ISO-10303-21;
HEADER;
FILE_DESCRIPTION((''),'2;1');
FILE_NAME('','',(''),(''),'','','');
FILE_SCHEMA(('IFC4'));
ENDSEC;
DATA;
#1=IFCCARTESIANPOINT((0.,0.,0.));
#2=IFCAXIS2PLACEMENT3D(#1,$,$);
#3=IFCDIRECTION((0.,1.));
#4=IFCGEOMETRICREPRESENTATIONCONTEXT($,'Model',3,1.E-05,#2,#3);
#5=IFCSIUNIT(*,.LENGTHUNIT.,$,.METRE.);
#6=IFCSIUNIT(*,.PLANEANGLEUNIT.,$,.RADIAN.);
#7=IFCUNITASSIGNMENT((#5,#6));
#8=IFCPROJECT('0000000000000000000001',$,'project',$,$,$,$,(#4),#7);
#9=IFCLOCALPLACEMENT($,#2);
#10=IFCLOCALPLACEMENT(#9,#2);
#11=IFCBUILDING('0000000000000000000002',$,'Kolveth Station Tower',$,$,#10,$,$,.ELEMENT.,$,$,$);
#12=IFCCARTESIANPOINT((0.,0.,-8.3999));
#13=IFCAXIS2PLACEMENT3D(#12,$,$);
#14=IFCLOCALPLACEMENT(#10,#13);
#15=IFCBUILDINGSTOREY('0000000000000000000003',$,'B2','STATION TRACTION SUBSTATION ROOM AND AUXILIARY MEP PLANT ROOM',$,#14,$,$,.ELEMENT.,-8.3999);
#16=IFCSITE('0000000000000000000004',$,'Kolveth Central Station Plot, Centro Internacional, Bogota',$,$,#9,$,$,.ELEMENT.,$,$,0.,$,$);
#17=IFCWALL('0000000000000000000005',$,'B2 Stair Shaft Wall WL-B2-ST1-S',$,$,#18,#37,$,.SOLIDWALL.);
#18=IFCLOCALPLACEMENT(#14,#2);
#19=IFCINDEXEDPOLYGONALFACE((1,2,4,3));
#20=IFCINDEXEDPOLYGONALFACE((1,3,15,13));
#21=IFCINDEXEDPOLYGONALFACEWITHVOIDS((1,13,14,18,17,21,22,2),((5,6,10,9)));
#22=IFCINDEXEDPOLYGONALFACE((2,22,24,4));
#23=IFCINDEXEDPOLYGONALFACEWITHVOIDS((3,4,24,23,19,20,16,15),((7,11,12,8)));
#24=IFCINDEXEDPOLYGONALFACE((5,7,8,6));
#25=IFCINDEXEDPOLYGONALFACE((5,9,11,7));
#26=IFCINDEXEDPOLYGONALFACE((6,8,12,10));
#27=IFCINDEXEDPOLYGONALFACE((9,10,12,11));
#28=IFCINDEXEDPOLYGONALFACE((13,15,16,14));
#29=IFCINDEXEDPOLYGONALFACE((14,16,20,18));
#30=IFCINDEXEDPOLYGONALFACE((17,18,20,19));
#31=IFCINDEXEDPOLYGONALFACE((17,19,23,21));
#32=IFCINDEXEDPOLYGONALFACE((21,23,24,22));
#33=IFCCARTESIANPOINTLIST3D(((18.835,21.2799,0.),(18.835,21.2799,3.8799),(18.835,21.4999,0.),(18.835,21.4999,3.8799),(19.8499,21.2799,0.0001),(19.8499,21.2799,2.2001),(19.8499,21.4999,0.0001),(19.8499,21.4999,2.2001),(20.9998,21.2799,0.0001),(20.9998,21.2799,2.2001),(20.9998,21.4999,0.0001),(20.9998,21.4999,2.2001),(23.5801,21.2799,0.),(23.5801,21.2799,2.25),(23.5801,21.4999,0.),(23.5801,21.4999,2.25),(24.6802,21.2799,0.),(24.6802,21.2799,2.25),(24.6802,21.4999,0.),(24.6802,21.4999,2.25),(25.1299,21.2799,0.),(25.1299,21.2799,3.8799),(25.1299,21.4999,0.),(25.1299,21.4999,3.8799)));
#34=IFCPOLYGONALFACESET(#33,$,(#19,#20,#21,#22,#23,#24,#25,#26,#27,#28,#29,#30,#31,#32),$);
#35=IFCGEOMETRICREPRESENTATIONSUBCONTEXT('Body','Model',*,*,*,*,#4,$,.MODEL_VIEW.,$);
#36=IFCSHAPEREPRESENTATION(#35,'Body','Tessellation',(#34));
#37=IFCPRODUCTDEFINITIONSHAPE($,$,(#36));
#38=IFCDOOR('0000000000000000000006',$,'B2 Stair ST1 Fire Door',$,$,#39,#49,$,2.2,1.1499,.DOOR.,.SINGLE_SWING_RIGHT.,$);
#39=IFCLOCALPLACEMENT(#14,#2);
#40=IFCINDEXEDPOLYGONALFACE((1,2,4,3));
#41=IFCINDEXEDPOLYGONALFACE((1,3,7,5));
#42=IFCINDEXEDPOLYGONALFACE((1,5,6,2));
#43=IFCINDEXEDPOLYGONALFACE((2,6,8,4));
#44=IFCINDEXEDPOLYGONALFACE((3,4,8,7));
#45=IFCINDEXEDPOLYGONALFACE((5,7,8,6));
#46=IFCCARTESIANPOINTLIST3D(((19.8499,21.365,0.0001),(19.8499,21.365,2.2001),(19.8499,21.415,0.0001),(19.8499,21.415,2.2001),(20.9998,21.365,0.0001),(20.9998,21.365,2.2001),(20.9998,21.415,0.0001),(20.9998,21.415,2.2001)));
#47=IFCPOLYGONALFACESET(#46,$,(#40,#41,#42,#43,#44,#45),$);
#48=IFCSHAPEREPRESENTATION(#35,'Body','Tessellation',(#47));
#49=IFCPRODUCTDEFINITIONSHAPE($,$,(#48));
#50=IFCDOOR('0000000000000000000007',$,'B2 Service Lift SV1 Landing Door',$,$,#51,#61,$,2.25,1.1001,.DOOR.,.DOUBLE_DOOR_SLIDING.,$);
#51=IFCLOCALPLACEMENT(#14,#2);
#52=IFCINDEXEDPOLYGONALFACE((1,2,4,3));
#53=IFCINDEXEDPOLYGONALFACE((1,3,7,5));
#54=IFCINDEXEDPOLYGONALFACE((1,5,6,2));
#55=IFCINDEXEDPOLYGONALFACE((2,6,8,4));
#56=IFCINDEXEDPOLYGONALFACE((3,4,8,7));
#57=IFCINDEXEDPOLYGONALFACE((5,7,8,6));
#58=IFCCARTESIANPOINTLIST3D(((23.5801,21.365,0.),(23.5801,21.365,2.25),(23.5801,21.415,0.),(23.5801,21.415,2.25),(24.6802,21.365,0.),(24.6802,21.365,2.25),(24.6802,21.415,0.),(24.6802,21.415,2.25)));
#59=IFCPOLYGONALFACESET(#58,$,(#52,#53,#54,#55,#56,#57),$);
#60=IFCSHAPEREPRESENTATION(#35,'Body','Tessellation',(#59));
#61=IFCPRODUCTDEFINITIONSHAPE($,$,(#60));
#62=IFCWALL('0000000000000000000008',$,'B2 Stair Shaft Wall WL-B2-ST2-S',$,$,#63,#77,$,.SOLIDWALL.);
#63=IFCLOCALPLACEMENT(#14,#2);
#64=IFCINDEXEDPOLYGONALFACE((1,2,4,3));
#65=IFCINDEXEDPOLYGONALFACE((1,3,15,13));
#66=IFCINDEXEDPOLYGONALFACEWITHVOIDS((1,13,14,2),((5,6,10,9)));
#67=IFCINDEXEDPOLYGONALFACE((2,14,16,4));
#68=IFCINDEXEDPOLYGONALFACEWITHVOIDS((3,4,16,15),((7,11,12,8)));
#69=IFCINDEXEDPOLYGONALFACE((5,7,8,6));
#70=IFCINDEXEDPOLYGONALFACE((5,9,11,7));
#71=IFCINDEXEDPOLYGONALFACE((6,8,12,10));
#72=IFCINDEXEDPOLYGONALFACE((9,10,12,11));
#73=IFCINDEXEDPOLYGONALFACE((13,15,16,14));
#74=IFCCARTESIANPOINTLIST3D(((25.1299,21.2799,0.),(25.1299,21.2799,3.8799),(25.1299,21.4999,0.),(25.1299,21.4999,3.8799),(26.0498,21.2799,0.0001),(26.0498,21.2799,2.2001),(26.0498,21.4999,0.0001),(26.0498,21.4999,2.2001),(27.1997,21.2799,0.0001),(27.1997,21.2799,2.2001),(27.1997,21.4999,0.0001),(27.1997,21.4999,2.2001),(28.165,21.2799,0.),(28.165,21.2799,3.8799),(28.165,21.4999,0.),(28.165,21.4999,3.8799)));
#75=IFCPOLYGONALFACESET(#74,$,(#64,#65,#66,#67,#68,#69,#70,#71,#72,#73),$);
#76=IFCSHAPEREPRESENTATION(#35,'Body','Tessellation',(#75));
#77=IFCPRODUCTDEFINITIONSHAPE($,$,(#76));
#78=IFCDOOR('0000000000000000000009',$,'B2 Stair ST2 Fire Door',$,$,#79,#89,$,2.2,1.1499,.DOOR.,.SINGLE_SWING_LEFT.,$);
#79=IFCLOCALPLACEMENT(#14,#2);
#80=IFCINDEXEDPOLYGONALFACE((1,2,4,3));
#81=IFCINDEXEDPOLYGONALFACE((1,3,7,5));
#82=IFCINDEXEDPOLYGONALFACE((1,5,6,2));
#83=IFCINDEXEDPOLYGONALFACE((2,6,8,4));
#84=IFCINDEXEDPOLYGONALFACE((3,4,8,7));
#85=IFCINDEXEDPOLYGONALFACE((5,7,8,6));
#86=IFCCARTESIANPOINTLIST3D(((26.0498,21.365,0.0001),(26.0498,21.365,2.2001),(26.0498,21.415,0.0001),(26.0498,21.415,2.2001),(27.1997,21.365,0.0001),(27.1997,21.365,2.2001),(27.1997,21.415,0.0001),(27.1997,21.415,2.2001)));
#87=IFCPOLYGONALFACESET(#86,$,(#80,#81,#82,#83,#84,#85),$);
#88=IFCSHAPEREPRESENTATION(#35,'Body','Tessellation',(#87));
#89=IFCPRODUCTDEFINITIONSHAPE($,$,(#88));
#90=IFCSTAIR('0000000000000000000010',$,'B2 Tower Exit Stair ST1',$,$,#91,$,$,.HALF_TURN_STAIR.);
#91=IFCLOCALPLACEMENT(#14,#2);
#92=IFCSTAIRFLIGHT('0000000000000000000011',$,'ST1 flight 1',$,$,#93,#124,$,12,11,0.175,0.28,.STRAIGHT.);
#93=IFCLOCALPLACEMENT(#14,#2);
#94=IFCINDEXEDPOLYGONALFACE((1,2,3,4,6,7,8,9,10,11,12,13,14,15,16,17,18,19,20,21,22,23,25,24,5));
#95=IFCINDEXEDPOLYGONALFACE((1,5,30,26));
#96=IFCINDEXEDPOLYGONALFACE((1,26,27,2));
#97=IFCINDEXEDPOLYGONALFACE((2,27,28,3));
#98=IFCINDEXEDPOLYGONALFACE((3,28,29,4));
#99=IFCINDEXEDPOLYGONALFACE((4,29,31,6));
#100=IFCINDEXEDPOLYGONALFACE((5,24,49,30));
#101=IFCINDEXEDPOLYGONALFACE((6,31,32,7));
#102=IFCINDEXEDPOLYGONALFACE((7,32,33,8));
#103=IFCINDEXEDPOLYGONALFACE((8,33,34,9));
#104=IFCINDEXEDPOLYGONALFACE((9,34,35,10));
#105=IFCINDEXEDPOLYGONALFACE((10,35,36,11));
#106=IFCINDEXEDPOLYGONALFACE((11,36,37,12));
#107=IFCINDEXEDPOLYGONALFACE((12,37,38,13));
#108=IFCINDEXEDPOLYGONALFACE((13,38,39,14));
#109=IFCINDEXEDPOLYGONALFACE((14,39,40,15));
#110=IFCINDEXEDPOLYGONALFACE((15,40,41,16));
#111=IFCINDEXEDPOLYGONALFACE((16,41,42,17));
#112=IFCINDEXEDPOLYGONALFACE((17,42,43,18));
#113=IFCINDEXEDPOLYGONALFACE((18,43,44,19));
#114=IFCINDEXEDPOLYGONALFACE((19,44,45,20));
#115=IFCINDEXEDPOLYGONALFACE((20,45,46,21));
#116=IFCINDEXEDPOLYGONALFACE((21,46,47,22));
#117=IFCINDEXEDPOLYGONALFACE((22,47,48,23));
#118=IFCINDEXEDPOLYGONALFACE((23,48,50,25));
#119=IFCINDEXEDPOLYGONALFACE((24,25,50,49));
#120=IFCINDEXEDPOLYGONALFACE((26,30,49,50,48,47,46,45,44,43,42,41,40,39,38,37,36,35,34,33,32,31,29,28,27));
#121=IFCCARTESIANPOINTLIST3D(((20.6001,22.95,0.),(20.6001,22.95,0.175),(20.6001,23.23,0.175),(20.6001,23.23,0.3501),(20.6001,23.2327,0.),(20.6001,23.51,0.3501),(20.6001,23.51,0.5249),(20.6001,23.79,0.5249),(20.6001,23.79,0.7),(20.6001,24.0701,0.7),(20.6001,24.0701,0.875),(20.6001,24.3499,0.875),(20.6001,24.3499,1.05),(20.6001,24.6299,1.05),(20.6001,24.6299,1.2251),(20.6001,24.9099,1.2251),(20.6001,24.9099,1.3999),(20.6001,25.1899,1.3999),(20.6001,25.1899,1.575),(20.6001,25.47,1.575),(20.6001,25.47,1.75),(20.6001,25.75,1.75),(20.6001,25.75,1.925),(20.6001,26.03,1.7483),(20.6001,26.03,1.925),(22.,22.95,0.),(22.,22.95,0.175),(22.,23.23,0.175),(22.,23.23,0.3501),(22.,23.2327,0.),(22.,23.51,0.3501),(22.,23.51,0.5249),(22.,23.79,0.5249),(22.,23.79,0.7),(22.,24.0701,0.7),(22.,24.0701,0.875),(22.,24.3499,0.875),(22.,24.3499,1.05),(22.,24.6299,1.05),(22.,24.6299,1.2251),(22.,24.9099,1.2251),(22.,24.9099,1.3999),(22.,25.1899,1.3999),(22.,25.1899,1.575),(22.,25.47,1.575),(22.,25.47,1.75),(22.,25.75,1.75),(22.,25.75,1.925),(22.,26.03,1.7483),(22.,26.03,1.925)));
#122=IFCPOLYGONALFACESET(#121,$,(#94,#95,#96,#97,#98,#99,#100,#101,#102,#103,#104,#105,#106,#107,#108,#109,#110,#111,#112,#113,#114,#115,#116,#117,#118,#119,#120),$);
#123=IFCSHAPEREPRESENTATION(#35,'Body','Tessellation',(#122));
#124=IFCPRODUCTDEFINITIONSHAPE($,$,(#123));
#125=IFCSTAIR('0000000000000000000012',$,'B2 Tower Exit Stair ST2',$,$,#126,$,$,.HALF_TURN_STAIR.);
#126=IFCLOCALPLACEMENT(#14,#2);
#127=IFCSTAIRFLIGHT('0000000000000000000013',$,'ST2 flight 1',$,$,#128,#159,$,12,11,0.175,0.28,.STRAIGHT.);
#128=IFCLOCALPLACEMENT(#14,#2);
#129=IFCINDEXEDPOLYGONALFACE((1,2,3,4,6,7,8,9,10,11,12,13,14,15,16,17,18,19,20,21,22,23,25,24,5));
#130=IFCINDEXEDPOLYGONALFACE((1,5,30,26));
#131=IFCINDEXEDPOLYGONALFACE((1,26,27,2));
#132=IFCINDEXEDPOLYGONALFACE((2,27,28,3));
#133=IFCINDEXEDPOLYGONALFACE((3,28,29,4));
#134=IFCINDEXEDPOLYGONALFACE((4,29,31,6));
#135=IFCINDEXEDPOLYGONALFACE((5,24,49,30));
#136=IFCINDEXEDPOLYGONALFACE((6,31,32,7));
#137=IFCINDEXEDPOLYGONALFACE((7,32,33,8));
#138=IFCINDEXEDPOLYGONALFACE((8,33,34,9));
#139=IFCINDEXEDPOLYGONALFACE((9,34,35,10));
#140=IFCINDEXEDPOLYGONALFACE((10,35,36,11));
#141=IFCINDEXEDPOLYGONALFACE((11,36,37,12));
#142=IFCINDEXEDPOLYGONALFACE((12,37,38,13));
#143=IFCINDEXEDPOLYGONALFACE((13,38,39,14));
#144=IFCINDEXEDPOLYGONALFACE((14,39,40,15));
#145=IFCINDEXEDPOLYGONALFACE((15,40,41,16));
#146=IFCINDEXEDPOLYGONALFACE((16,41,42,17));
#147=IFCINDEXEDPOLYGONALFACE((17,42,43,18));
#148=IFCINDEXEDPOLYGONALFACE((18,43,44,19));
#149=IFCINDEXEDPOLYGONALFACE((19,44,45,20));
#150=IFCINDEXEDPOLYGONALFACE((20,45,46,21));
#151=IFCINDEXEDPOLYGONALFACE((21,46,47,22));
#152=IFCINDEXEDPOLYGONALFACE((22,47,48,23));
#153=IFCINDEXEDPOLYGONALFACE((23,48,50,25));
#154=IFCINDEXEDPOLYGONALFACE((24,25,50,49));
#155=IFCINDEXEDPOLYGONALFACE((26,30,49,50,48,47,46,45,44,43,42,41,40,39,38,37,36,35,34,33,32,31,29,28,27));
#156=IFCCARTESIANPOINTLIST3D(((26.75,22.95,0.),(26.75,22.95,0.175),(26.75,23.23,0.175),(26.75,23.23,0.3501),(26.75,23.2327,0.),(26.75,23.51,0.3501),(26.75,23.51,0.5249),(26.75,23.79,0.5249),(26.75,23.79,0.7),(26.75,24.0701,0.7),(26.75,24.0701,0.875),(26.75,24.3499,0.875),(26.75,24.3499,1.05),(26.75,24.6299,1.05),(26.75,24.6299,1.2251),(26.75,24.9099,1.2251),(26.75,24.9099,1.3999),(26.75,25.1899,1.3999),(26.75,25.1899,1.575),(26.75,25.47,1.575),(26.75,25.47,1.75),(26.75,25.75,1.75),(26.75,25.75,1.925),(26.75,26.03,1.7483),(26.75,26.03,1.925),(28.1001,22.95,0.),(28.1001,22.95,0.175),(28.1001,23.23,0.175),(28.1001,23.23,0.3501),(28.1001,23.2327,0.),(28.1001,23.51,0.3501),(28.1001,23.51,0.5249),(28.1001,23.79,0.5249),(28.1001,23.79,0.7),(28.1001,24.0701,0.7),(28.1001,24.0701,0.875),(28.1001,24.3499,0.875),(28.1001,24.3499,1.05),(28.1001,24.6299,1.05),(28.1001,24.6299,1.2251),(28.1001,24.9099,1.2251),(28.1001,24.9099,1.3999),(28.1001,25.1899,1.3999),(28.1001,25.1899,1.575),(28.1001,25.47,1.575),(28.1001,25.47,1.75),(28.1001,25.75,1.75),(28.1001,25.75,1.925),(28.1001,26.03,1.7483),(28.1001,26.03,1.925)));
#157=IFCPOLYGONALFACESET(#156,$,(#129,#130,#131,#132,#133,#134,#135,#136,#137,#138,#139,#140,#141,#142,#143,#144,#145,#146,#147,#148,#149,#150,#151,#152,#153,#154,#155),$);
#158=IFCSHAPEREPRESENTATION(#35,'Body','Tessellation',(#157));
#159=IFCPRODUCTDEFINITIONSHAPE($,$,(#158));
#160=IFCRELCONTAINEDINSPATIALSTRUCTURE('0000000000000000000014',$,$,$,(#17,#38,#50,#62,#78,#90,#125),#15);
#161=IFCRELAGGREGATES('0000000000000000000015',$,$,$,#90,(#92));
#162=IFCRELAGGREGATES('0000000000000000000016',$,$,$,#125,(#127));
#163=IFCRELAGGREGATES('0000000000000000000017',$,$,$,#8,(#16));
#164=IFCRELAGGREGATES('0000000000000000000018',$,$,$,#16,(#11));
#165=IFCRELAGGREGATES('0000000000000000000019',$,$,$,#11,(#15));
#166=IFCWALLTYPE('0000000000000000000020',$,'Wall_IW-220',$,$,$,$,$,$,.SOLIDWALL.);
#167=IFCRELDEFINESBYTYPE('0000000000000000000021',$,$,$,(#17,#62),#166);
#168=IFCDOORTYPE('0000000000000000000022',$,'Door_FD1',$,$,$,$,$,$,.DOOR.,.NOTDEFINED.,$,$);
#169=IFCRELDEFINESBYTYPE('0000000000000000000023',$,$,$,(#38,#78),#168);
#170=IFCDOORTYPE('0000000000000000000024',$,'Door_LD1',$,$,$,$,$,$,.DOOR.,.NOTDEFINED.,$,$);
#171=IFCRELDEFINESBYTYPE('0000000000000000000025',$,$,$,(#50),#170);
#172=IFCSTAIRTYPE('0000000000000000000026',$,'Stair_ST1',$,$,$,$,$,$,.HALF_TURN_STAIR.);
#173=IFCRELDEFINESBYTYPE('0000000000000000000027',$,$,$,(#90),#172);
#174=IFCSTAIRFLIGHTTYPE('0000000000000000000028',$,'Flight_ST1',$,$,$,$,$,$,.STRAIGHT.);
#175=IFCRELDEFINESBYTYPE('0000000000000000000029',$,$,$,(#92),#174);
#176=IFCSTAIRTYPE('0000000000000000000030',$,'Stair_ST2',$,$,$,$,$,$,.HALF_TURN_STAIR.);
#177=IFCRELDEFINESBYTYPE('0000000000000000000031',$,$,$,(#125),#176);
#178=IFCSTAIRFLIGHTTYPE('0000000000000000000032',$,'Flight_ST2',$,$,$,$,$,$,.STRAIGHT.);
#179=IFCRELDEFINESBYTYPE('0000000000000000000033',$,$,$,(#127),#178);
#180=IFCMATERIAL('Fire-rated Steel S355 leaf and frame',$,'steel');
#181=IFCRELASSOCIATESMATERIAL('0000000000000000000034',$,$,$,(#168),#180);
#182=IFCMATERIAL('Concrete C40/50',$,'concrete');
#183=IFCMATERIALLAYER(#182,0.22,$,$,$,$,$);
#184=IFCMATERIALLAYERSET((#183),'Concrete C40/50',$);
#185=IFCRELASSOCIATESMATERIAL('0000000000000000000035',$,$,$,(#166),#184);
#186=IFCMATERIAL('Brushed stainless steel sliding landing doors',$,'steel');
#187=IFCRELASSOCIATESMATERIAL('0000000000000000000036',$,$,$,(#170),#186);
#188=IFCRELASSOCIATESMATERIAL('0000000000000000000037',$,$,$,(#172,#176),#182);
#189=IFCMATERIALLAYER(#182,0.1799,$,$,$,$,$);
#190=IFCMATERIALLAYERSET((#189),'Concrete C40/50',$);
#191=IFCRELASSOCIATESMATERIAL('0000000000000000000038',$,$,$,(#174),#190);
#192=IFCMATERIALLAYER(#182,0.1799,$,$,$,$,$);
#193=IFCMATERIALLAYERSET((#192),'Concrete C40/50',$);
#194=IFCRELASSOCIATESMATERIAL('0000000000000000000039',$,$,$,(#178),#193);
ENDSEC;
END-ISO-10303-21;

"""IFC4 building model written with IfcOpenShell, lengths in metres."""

from ifc_helpers import new_model, si_unit, direction, frame, frame_2d, origin, place, context, subcontext, project, spatial, polyline, rectangle, outline, extrude, material, layer, layer_set, type_object, element, fill, aggregate, save


model = new_model("IFC4")

# Units and contexts
model_context = context("Model", 3, precision=1e-05, world=origin(), true_north=direction((0.0, 1.0)))
body_context = subcontext(model_context, "Body", "Model", "MODEL_VIEW")
ifc_project = project(units=[si_unit("LENGTHUNIT", "METRE"), si_unit("PLANEANGLEUNIT", "RADIAN")], contexts=[model_context])

# Site, building, storey
site_placement = place(None, origin())
site = spatial("IfcSite", under=ifc_project, at=site_placement, Name="Kolveth Central Station Plot, Centro Internacional, Bogota", CompositionType="ELEMENT", RefElevation=0.0)
building_placement = place(site_placement, origin())
building = spatial("IfcBuilding", under=site, at=building_placement, Name="Kolveth Station Tower", CompositionType="ELEMENT")
storey_placement = place(building_placement, frame((0.0, 0.0, -8.3999)))
storey = spatial("IfcBuildingStorey", under=building, at=storey_placement, Name="B2", Description="STATION TRACTION SUBSTATION ROOM AND AUXILIARY MEP PLANT ROOM", CompositionType="ELEMENT", Elevation=-8.3999)

# Shared definitions
ifc_material_1 = material(Name="Fire-rated Steel S355 leaf and frame", Category="steel")
door_type_1 = type_object("IfcDoorType", Name="Door_FD1", OperationType="NOTDEFINED", PredefinedType="DOOR", material=ifc_material_1)

# Shared definitions
ifc_material_2 = material(Name="Concrete C40/50", Category="concrete")
ifc_layer_1 = layer(ifc_material_2, 0.22)
ifc_layer_set_1 = layer_set([ifc_layer_1], Name="Concrete C40/50")
wall_type_1 = type_object("IfcWallType", Name="Wall_IW-220", PredefinedType="SOLIDWALL", material=ifc_layer_set_1)

# Wall, openings, doors
wall_1_placement = place(storey_placement, frame((18.835, 21.3899, 0.0), z_axis=(0.0, 0.0, 1.0), x_axis=(1.0, 0.0, 0.0)))
wall_1 = element("IfcWall", 1, at=wall_1_placement, inside=storey, type_object=wall_type_1, Name="B2 Stair Shaft Wall WL-B2-ST1-S", PredefinedType="SOLIDWALL", context=body_context, shape_type="SweptSolid", body=[
    extrude(rectangle(XDim=6.2949, YDim=0.22, at=frame_2d((3.1475, 0.0))), origin(), (0.0, 0.0, 1.0), 3.8799),
])
opening_1_placement = place(wall_1_placement, frame((1.0149, 0.0, 0.0)))
opening_1 = element("IfcOpeningElement", 2, at=opening_1_placement, cuts=wall_1, PredefinedType="OPENING", context=body_context, shape_type="SweptSolid", body=[
    extrude(rectangle(XDim=1.1499, YDim=2.2, at=frame_2d((0.575, 1.1001))), frame((0.0, 0.1199, 0.0), z_axis=(0.0, -1.0, 0.0), x_axis=(1.0, 0.0, 0.0)), (0.0, 0.0, 1.0), 0.24),
])
opening_2_placement = place(wall_1_placement, frame((4.7451, 0.0, 0.0)))
opening_2 = element("IfcOpeningElement", 3, at=opening_2_placement, cuts=wall_1, PredefinedType="OPENING", context=body_context, shape_type="SweptSolid", body=[
    extrude(rectangle(XDim=1.1001, YDim=2.25, at=frame_2d((0.55, 1.125))), frame((0.0, 0.1199, 0.0), z_axis=(0.0, -1.0, 0.0), x_axis=(1.0, 0.0, 0.0)), (0.0, 0.0, 1.0), 0.24),
])
door_1_placement = place(opening_1_placement, frame((1.1499, 0.0, 0.0), z_axis=(0.0, 0.0, 1.0), x_axis=(-1.0, 0.0, 0.0)))
door_1 = element("IfcDoor", 4, at=door_1_placement, inside=storey, type_object=door_type_1, Name="B2 Stair ST1 Fire Door", OperationType="SINGLE_SWING_RIGHT", OverallHeight=2.2, OverallWidth=1.1499, PredefinedType="DOOR", context=body_context, shape_type="SweptSolid", body=[
    extrude(rectangle(XDim=1.1499, YDim=2.2, at=frame_2d((0.575, 1.1001))), frame((0.0, 0.0249, 0.0), z_axis=(0.0, -1.0, 0.0), x_axis=(1.0, 0.0, 0.0)), (0.0, 0.0, 1.0), 0.05),
])
fill(opening_1, door_1)
ifc_material_3 = material(Name="Brushed stainless steel sliding landing doors", Category="steel")
door_type_2 = type_object("IfcDoorType", Name="Door_LD1", OperationType="NOTDEFINED", PredefinedType="DOOR", material=ifc_material_3)
door_2_placement = place(opening_2_placement, frame((1.1001, 0.0, 0.0), z_axis=(0.0, 0.0, 1.0), x_axis=(-1.0, 0.0, 0.0)))
door_2 = element("IfcDoor", 5, at=door_2_placement, inside=storey, type_object=door_type_2, Name="B2 Service Lift SV1 Landing Door", OperationType="DOUBLE_DOOR_SLIDING", OverallHeight=2.25, OverallWidth=1.1001, PredefinedType="DOOR", context=body_context, shape_type="SweptSolid", body=[
    extrude(rectangle(XDim=1.1001, YDim=2.25, at=frame_2d((0.55, 1.125))), frame((0.0, 0.0249, 0.0), z_axis=(0.0, -1.0, 0.0), x_axis=(1.0, 0.0, 0.0)), (0.0, 0.0, 1.0), 0.05),
])
fill(opening_2, door_2)

# Wall, opening, door
wall_2_placement = place(storey_placement, frame((25.1299, 21.3899, 0.0), z_axis=(0.0, 0.0, 1.0), x_axis=(1.0, 0.0, 0.0)))
wall_2 = element("IfcWall", 6, at=wall_2_placement, inside=storey, type_object=wall_type_1, Name="B2 Stair Shaft Wall WL-B2-ST2-S", PredefinedType="SOLIDWALL", context=body_context, shape_type="SweptSolid", body=[
    extrude(rectangle(XDim=3.0352, YDim=0.22, at=frame_2d((1.5176, 0.0))), origin(), (0.0, 0.0, 1.0), 3.8799),
])
opening_3_placement = place(wall_2_placement, frame((0.9199, 0.0, 0.0)))
opening_3 = element("IfcOpeningElement", 7, at=opening_3_placement, cuts=wall_2, PredefinedType="OPENING", context=body_context, shape_type="SweptSolid", body=[
    extrude(rectangle(XDim=1.1499, YDim=2.2, at=frame_2d((0.575, 1.1001))), frame((0.0, 0.1199, 0.0), z_axis=(0.0, -1.0, 0.0), x_axis=(1.0, 0.0, 0.0)), (0.0, 0.0, 1.0), 0.24),
])
door_3_placement = place(opening_3_placement, frame((1.1499, 0.0, 0.0), z_axis=(0.0, 0.0, 1.0), x_axis=(-1.0, 0.0, 0.0)))
door_3 = element("IfcDoor", 8, at=door_3_placement, inside=storey, type_object=door_type_1, Name="B2 Stair ST2 Fire Door", OperationType="SINGLE_SWING_LEFT", OverallHeight=2.2, OverallWidth=1.1499, PredefinedType="DOOR", context=body_context, shape_type="SweptSolid", body=[
    extrude(rectangle(XDim=1.1499, YDim=2.2, at=frame_2d((0.575, 1.1001))), frame((0.0, 0.0249, 0.0), z_axis=(0.0, -1.0, 0.0), x_axis=(1.0, 0.0, 0.0)), (0.0, 0.0, 1.0), 0.05),
])
fill(opening_3, door_3)

# Stairs, stair flights
stair_type_1 = type_object("IfcStairType", Name="Stair_ST1", PredefinedType="HALF_TURN_STAIR", material=ifc_material_2)
stair_1_placement = place(storey_placement, origin())
stair_1 = element("IfcStair", 9, at=stair_1_placement, inside=storey, type_object=stair_type_1, Name="B2 Tower Exit Stair ST1", PredefinedType="HALF_TURN_STAIR")
ifc_layer_2 = layer(ifc_material_2, 0.1799)
ifc_layer_set_2 = layer_set([ifc_layer_2], Name="Concrete C40/50")
stair_flight_type_1 = type_object("IfcStairFlightType", Name="Flight_ST1", PredefinedType="STRAIGHT", material=ifc_layer_set_2)
stair_flight_1_placement = place(storey_placement, frame((21.3, 22.95, 0.0), z_axis=(0.0, 0.0, 1.0), x_axis=(0.0, 1.0, 0.0)))
stair_flight_1 = element("IfcStairFlight", 10, at=stair_flight_1_placement, type_object=stair_flight_type_1, Name="ST1 flight 1", NumberOfRisers=12, NumberOfTreads=11, PredefinedType="STRAIGHT", RiserHeight=0.175, TreadLength=0.28, context=body_context, shape_type="SweptSolid", body=[
    extrude(outline(polyline([(0.0, 0.0), (0.0, 0.175), (0.28, 0.175), (0.28, 0.3501), (0.5601, 0.3501), (0.5601, 0.5249), (0.8401, 0.5249), (0.8401, 0.7), (1.1201, 0.7), (1.1201, 0.875), (1.3999, 0.875), (1.3999, 1.05), (1.6799, 1.05), (1.6799, 1.2251), (1.96, 1.2251), (1.96, 1.3999), (2.24, 1.3999), (2.24, 1.575), (2.52, 1.575), (2.52, 1.75), (2.8, 1.75), (2.8, 1.925), (3.0801, 1.925), (3.0801, 2.1001), (3.0801, 1.7483), (0.2827, 0.0), (0.0, 0.0)])), frame((0.0, 0.7, 0.0), z_axis=(0.0, -1.0, 0.0), x_axis=(1.0, 0.0, 0.0)), (0.0, 0.0, 1.0), 1.3999),
])
aggregate(stair_1, [stair_flight_1])
stair_type_2 = type_object("IfcStairType", Name="Stair_ST2", PredefinedType="HALF_TURN_STAIR", material=ifc_material_2)
stair_2_placement = place(storey_placement, origin())
stair_2 = element("IfcStair", 11, at=stair_2_placement, inside=storey, type_object=stair_type_2, Name="B2 Tower Exit Stair ST2", PredefinedType="HALF_TURN_STAIR")
ifc_layer_3 = layer(ifc_material_2, 0.1799)
ifc_layer_set_3 = layer_set([ifc_layer_3], Name="Concrete C40/50")
stair_flight_type_2 = type_object("IfcStairFlightType", Name="Flight_ST2", PredefinedType="STRAIGHT", material=ifc_layer_set_3)
stair_flight_2_placement = place(storey_placement, frame((27.425, 22.95, 0.0), z_axis=(0.0, 0.0, 1.0), x_axis=(0.0, 1.0, 0.0)))
stair_flight_2 = element("IfcStairFlight", 12, at=stair_flight_2_placement, type_object=stair_flight_type_2, Name="ST2 flight 1", NumberOfRisers=12, NumberOfTreads=11, PredefinedType="STRAIGHT", RiserHeight=0.175, TreadLength=0.28, context=body_context, shape_type="SweptSolid", body=[
    extrude(outline(polyline([(0.0, 0.0), (0.0, 0.175), (0.28, 0.175), (0.28, 0.3501), (0.5601, 0.3501), (0.5601, 0.5249), (0.8401, 0.5249), (0.8401, 0.7), (1.1201, 0.7), (1.1201, 0.875), (1.3999, 0.875), (1.3999, 1.05), (1.6799, 1.05), (1.6799, 1.2251), (1.96, 1.2251), (1.96, 1.3999), (2.24, 1.3999), (2.24, 1.575), (2.52, 1.575), (2.52, 1.75), (2.8, 1.75), (2.8, 1.925), (3.0801, 1.925), (3.0801, 2.1001), (3.0801, 1.7483), (0.2827, 0.0), (0.0, 0.0)])), frame((0.0, 0.675, 0.0), z_axis=(0.0, -1.0, 0.0), x_axis=(1.0, 0.0, 0.0)), (0.0, 0.0, 1.0), 1.3501),
])
aggregate(stair_2, [stair_flight_2])

save(model, "model.ifc")
